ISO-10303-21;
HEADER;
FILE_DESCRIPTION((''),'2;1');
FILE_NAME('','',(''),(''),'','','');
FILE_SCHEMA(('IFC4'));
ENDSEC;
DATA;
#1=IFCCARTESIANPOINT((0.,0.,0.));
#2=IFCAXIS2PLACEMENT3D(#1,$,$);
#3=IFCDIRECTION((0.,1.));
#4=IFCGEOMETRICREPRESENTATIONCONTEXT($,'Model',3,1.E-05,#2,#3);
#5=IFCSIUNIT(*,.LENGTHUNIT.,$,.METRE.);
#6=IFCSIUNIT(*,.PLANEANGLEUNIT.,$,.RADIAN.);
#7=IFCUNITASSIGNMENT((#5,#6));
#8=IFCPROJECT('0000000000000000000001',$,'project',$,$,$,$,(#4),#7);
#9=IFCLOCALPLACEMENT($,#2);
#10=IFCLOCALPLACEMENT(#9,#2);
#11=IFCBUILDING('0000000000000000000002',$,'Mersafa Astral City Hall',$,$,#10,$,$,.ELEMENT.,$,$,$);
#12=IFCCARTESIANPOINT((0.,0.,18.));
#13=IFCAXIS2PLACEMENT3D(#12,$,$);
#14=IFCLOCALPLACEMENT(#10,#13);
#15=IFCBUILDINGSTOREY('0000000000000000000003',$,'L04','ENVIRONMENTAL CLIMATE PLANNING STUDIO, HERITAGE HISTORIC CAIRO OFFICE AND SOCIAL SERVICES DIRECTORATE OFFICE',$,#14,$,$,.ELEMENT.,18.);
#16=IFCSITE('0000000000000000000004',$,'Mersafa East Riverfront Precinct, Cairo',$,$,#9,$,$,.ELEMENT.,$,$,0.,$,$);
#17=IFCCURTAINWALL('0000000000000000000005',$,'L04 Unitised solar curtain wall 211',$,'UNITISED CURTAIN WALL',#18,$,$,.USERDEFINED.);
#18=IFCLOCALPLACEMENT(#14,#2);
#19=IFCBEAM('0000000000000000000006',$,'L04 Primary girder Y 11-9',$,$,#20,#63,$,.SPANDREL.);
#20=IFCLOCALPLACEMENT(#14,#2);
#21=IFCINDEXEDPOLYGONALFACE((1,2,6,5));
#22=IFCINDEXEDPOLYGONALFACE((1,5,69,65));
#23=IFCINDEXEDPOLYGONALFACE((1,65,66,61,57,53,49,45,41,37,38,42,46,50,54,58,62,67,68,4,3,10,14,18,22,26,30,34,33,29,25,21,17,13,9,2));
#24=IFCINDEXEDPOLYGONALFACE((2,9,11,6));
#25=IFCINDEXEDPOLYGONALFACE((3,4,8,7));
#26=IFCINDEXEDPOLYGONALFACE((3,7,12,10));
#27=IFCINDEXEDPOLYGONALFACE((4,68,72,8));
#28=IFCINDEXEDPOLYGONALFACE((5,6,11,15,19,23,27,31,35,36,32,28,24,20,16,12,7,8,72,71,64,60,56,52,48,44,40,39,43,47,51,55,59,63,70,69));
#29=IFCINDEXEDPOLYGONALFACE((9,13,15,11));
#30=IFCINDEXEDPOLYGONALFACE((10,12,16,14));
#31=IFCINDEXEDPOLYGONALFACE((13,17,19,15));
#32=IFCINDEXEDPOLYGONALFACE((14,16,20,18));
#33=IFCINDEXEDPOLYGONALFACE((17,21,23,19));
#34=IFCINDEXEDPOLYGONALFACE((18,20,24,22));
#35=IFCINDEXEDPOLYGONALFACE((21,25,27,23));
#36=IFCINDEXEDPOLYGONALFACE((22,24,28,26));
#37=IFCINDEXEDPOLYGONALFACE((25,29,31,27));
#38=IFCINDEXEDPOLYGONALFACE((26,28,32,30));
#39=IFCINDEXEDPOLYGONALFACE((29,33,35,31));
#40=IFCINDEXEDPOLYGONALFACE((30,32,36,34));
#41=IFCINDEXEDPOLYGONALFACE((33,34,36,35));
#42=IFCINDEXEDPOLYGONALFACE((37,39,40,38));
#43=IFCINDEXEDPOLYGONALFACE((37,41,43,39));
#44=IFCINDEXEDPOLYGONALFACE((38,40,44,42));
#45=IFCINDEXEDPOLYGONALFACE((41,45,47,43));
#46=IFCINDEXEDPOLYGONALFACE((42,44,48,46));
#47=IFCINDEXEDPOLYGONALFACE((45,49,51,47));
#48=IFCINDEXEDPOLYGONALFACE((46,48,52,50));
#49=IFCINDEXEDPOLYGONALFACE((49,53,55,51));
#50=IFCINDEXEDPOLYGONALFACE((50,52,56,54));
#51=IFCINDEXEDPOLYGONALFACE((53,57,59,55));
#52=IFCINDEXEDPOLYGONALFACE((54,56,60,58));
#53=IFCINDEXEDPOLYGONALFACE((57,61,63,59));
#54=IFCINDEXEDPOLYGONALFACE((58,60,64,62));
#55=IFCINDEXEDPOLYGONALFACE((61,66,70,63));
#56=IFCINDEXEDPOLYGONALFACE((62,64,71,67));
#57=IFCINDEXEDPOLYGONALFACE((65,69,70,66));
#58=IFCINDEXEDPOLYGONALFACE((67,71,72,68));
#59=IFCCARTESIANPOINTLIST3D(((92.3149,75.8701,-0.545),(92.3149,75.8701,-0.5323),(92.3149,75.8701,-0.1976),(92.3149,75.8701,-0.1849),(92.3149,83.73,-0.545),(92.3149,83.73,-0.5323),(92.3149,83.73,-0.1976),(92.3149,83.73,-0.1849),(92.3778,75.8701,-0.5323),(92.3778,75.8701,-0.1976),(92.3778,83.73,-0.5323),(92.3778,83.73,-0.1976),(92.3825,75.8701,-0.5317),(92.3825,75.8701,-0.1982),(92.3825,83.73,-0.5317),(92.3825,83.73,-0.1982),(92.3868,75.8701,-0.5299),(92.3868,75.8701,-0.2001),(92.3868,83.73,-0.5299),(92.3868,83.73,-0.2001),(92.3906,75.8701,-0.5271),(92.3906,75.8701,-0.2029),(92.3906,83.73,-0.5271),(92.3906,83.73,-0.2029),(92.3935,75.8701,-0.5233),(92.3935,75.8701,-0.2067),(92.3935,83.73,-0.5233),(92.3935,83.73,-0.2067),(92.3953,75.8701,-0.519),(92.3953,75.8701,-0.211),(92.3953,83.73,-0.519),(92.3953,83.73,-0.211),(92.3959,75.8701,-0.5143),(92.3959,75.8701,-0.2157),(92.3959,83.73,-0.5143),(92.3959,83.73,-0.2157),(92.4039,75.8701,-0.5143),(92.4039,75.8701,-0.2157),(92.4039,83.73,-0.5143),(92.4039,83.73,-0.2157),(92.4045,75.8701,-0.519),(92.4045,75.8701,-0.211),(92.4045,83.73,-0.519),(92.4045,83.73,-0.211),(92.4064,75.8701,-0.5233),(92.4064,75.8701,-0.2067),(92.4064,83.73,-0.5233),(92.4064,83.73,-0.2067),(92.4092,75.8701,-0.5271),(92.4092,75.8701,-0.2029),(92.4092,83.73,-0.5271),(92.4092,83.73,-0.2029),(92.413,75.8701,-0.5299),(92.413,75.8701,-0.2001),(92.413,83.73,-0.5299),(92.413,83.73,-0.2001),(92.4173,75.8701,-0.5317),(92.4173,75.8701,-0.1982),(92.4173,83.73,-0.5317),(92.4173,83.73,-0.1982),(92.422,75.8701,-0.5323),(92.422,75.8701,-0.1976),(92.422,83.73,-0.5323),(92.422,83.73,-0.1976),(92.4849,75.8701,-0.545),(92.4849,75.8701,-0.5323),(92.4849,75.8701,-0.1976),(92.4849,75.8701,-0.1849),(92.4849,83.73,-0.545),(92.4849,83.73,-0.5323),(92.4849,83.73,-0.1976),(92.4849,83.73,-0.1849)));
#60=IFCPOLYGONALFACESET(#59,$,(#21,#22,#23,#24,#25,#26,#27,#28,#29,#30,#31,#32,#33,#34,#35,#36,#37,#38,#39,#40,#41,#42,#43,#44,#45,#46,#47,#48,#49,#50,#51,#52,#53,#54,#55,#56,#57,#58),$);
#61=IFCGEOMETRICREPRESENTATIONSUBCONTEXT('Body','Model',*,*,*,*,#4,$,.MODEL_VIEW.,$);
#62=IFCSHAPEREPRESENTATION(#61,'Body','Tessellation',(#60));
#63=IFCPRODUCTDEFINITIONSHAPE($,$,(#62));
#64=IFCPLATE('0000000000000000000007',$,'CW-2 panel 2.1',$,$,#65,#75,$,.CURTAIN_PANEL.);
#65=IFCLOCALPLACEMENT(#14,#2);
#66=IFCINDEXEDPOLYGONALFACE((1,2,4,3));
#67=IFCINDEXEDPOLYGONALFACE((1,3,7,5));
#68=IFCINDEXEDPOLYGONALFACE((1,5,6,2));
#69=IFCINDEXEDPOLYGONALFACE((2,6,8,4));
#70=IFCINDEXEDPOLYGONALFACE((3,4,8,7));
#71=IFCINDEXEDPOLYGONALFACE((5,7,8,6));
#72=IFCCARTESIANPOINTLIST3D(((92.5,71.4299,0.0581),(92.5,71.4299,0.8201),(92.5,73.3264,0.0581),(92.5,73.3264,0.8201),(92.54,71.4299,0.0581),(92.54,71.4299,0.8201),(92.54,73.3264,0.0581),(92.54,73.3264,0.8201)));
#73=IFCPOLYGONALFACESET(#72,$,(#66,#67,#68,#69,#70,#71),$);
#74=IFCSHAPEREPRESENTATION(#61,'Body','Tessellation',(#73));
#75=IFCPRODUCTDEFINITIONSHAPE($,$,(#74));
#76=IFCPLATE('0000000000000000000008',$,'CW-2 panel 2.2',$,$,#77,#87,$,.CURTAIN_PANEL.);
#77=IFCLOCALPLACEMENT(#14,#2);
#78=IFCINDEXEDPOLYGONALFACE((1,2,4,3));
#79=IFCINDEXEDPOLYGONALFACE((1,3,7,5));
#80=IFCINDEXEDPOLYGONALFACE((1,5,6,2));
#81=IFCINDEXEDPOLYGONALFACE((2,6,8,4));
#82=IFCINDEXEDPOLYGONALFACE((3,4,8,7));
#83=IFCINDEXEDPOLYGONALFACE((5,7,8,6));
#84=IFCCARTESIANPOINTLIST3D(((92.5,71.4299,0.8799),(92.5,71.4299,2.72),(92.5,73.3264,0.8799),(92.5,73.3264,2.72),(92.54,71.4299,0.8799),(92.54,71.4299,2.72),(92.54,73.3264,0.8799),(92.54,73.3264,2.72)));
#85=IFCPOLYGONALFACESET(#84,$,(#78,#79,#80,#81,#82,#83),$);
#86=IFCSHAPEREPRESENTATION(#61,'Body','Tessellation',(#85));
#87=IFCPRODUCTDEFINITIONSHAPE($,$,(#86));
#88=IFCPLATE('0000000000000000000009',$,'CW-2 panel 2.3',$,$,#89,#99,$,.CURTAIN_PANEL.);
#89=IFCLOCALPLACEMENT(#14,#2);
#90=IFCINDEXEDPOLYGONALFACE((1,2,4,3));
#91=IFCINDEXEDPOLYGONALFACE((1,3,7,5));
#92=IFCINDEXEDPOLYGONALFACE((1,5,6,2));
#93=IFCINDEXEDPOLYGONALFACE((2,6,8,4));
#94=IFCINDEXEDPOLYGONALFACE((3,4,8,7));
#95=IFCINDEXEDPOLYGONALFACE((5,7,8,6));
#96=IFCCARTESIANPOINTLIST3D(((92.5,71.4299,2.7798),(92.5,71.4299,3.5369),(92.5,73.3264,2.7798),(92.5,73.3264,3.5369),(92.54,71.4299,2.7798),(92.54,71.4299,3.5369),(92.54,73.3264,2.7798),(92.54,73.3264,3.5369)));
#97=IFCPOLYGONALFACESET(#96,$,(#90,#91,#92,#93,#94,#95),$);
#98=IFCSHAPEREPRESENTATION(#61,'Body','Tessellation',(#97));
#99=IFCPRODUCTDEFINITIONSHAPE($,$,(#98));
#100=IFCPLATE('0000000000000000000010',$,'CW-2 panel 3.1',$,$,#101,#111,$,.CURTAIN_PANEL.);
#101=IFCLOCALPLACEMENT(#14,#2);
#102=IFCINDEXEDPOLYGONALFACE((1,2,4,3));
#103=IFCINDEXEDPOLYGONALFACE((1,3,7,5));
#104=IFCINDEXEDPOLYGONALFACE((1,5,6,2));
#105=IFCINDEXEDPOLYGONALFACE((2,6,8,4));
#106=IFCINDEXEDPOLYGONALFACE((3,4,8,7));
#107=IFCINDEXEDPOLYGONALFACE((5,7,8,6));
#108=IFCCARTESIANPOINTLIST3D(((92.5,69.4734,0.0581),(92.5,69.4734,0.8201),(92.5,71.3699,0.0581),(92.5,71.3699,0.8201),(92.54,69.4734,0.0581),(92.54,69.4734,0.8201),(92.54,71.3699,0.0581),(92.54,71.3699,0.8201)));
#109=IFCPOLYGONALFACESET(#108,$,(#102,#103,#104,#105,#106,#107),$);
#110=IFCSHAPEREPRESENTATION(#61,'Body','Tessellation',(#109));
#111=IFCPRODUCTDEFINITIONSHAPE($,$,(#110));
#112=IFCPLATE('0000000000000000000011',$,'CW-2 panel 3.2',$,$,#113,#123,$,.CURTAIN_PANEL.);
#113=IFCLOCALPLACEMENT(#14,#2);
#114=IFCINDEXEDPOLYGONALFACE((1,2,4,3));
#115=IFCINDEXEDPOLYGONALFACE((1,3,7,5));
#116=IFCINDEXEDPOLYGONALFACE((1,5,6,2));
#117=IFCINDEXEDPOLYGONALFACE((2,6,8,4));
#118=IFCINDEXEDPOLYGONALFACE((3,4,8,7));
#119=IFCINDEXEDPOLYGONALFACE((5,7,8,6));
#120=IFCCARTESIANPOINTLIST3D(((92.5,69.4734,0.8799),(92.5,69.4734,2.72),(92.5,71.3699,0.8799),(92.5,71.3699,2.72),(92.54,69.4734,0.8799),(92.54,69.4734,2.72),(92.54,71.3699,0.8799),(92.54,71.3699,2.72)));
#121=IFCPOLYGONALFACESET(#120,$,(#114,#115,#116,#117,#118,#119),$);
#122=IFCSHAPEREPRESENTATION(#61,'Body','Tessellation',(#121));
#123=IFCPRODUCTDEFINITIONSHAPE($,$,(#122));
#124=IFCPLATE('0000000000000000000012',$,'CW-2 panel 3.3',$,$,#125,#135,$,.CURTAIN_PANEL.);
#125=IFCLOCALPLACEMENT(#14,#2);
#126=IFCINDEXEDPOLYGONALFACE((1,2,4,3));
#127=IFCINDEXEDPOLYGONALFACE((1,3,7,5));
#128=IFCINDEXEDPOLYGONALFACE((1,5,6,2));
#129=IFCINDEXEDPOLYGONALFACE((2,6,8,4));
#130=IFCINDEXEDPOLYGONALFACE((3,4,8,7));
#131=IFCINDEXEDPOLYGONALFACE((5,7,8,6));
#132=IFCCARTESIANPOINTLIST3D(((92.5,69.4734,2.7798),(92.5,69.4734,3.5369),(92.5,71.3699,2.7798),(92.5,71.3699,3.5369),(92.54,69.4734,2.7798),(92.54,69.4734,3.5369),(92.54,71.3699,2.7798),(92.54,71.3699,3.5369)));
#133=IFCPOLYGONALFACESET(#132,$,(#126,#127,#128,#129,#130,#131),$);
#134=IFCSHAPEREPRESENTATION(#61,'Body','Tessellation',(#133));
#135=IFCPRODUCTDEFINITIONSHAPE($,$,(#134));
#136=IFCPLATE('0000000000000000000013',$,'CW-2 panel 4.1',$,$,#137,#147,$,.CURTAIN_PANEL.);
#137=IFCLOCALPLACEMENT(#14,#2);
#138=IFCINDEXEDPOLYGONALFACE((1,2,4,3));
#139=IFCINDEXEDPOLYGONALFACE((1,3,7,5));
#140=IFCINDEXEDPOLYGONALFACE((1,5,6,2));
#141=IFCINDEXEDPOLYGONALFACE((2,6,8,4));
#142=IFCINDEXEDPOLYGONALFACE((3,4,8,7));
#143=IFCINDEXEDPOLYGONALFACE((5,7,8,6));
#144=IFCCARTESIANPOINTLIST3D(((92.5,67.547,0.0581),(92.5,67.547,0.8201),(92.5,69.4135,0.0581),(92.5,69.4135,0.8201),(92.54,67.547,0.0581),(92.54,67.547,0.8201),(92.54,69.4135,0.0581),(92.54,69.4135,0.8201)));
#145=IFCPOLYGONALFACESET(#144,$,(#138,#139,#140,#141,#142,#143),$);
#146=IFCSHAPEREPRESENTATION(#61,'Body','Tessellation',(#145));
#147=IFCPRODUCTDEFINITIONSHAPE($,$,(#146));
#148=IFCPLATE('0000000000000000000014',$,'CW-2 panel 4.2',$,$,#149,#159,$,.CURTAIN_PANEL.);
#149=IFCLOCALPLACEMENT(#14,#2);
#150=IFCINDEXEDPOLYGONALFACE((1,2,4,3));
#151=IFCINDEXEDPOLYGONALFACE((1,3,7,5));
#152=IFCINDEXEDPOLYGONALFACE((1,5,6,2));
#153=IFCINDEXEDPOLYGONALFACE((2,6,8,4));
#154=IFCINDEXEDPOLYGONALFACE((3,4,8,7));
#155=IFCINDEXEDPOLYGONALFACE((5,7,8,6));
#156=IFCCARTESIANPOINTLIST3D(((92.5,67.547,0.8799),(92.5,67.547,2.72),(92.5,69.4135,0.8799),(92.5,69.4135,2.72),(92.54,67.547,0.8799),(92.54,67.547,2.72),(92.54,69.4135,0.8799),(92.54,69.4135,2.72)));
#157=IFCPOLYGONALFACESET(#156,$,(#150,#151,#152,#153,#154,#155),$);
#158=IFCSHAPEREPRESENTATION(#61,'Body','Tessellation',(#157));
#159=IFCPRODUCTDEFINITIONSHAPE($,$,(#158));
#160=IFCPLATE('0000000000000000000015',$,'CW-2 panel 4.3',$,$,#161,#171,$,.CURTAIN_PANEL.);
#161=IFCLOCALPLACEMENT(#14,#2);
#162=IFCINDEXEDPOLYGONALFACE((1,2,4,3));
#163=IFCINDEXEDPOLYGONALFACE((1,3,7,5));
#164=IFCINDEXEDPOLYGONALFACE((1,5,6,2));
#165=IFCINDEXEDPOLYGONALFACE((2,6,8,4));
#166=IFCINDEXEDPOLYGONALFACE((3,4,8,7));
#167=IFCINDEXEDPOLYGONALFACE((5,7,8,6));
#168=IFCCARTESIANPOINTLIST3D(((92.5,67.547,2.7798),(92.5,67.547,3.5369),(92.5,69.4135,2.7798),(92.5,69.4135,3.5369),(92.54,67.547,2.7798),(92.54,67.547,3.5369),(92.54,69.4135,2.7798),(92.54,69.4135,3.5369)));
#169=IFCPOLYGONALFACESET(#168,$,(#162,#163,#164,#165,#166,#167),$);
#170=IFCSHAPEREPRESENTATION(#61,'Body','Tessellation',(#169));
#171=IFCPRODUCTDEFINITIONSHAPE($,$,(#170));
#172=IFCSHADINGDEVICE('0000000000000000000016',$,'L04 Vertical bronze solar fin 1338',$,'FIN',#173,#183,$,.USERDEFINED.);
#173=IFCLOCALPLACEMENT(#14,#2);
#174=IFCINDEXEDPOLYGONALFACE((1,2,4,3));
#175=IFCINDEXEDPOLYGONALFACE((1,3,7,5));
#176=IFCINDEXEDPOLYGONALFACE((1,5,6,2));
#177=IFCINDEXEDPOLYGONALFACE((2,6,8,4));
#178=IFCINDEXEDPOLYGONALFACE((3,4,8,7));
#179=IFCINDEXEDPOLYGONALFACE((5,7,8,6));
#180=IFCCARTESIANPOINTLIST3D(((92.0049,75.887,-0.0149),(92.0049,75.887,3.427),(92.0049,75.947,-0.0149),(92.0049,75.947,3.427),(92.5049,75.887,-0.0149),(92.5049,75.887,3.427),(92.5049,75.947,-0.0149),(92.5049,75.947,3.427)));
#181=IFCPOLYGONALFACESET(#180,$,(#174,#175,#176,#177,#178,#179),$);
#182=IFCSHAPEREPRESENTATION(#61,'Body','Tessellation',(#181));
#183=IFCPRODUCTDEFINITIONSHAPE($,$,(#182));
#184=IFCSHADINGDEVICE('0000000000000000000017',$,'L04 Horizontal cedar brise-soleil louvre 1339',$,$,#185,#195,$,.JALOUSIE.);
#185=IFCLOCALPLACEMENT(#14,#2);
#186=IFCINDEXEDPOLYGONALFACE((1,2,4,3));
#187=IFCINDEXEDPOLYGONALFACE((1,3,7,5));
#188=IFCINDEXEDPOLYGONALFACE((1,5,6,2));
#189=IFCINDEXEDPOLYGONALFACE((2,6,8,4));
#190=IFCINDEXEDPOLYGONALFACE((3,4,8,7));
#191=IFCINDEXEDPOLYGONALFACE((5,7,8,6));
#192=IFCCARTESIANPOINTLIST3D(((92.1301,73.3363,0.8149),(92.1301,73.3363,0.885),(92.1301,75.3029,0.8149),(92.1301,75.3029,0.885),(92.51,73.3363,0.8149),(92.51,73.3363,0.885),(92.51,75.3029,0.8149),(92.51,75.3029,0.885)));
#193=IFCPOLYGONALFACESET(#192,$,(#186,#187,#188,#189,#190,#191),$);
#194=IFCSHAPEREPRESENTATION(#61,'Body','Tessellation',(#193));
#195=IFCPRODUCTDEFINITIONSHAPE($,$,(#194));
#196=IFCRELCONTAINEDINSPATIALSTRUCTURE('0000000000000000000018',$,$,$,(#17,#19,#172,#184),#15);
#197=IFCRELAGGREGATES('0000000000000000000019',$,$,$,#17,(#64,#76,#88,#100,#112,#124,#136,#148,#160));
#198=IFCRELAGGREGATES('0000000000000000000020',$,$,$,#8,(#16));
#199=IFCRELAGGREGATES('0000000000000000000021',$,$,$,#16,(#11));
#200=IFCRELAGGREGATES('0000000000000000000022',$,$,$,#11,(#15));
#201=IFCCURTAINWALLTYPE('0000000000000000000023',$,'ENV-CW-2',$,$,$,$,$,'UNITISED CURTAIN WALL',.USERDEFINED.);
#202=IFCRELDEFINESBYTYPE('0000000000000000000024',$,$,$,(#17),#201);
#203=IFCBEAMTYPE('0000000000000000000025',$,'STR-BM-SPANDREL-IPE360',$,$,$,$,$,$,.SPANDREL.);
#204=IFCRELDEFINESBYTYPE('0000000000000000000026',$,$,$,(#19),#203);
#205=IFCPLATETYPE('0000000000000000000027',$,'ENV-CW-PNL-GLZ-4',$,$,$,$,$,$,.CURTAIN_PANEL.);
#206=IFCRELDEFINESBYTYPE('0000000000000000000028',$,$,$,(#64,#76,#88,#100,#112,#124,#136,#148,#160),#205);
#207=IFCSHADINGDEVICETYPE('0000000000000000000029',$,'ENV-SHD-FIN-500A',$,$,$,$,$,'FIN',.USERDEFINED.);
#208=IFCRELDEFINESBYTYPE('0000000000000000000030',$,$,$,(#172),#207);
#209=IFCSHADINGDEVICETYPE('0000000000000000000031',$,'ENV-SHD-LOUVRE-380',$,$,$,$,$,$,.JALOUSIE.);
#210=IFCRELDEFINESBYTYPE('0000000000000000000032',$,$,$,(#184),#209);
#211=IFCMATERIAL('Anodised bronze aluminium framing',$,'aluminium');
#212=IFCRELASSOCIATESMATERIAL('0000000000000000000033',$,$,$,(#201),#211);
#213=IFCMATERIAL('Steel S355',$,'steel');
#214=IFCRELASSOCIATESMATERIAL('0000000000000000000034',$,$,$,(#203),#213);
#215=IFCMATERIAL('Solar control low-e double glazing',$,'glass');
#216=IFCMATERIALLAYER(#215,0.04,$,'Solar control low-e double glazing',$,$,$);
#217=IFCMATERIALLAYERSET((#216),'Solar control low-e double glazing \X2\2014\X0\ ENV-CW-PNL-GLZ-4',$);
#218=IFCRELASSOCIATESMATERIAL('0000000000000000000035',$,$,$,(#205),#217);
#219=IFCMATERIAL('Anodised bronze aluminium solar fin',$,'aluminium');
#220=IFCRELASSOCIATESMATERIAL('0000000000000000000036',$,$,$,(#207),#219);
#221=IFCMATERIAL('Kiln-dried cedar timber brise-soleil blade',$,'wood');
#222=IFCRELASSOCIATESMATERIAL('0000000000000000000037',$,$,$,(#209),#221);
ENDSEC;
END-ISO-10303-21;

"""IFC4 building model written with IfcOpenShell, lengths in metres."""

from ifc_helpers import new_model, si_unit, direction, frame, origin, origin_2d, place, context, subcontext, project, spatial, rectangle, i_section, extrude, material, layer, layer_set, material_profile, profile_set, type_object, element, aggregate, save


model = new_model("IFC4")

# Units and contexts
model_context = context("Model", 3, precision=1e-05, world=origin(), true_north=direction((0.0, 1.0)))
body_context = subcontext(model_context, "Body", "Model", "MODEL_VIEW")
ifc_project = project(units=[si_unit("LENGTHUNIT", "METRE"), si_unit("PLANEANGLEUNIT", "RADIAN")], contexts=[model_context])

# Site, building, storey
site_placement = place(None, origin())
site = spatial("IfcSite", under=ifc_project, at=site_placement, Name="Mersafa East Riverfront Precinct, Cairo", CompositionType="ELEMENT", RefElevation=0.0)
building_placement = place(site_placement, origin())
building = spatial("IfcBuilding", under=site, at=building_placement, Name="Mersafa Astral City Hall", CompositionType="ELEMENT")
storey_placement = place(building_placement, frame((0.0, 0.0, 18.0)))
storey = spatial("IfcBuildingStorey", under=building, at=storey_placement, Name="L04", Description="ENVIRONMENTAL CLIMATE PLANNING STUDIO, HERITAGE HISTORIC CAIRO OFFICE AND SOCIAL SERVICES DIRECTORATE OFFICE", CompositionType="ELEMENT", Elevation=18.0)

# Shared definitions
ifc_material_1 = material(Name="Steel S355", Category="steel")

# Curtain wall
ifc_material_2 = material(Name="Anodised bronze aluminium framing", Category="aluminium")
curtain_wall_type = type_object("IfcCurtainWallType", Name="ENV-CW-2", ElementType="UNITISED CURTAIN WALL", PredefinedType="USERDEFINED", material=ifc_material_2)
curtain_wall_placement = place(storey_placement, origin())
curtain_wall = element("IfcCurtainWall", 1, at=curtain_wall_placement, inside=storey, type_object=curtain_wall_type, Name="L04 Unitised solar curtain wall 211", ObjectType="UNITISED CURTAIN WALL", PredefinedType="USERDEFINED")

# Beam
ifc_material_profile_1 = material_profile(ifc_material_1, i_section(OverallWidth=0.1699, OverallDepth=0.3601, WebThickness=0.0081, FlangeThickness=0.0127, FilletRadius=0.0181, at=origin_2d()), Name="IPE 360")
ifc_profile_set_1 = profile_set([ifc_material_profile_1], Name="Steel S355")
beam_type_1 = type_object("IfcBeamType", Name="STR-BM-SPANDREL-IPE360", PredefinedType="SPANDREL", material=ifc_profile_set_1)
beam_1_placement = place(storey_placement, frame((92.3999, 75.8701, -0.365), z_axis=(0.0, 1.0, 0.0), x_axis=(-1.0, 0.0, 0.0)))
element("IfcBeam", 2, at=beam_1_placement, inside=storey, type_object=beam_type_1, Name="L04 Primary girder Y 11-9", PredefinedType="SPANDREL", context=body_context, shape_type="SweptSolid", body=[
    extrude(i_section(OverallWidth=0.1699, OverallDepth=0.3601, WebThickness=0.0081, FlangeThickness=0.0127, FilletRadius=0.0181, at=origin_2d()), origin(), (0.0, 0.0, 1.0), 7.8599),
])

# Plates
ifc_material_3 = material(Name="Solar control low-e double glazing", Category="glass")
ifc_layer = layer(ifc_material_3, 0.04, Name="Solar control low-e double glazing")
ifc_layer_set = layer_set([ifc_layer], Name="Solar control low-e double glazing — ENV-CW-PNL-GLZ-4")
plate_type = type_object("IfcPlateType", Name="ENV-CW-PNL-GLZ-4", PredefinedType="CURTAIN_PANEL", material=ifc_layer_set)
plate_1_placement = place(storey_placement, frame((92.52, 72.3782, 0.0581), z_axis=(0.0, 0.0, 1.0), x_axis=(0.0, -1.0, 0.0)))
plate_1 = element("IfcPlate", 3, at=plate_1_placement, type_object=plate_type, Name="CW-2 panel 2.1", PredefinedType="CURTAIN_PANEL", context=body_context, shape_type="SweptSolid", body=[
    extrude(rectangle(XDim=1.8965, YDim=0.04, at=origin_2d()), origin(), (0.0, 0.0, 1.0), 0.762),
])
plate_2_placement = place(storey_placement, frame((92.52, 72.3782, 0.8799), z_axis=(0.0, 0.0, 1.0), x_axis=(0.0, -1.0, 0.0)))
plate_2 = element("IfcPlate", 4, at=plate_2_placement, type_object=plate_type, Name="CW-2 panel 2.2", PredefinedType="CURTAIN_PANEL", context=body_context, shape_type="SweptSolid", body=[
    extrude(rectangle(XDim=1.8965, YDim=0.04, at=origin_2d()), origin(), (0.0, 0.0, 1.0), 1.8401),
])
plate_3_placement = place(storey_placement, frame((92.52, 72.3782, 2.7798), z_axis=(0.0, 0.0, 1.0), x_axis=(0.0, -1.0, 0.0)))
plate_3 = element("IfcPlate", 5, at=plate_3_placement, type_object=plate_type, Name="CW-2 panel 2.3", PredefinedType="CURTAIN_PANEL", context=body_context, shape_type="SweptSolid", body=[
    extrude(rectangle(XDim=1.8965, YDim=0.04, at=origin_2d()), origin(), (0.0, 0.0, 1.0), 0.7571),
])
plate_4_placement = place(storey_placement, frame((92.52, 70.4216, 0.0581), z_axis=(0.0, 0.0, 1.0), x_axis=(0.0, -1.0, 0.0)))
plate_4 = element("IfcPlate", 6, at=plate_4_placement, type_object=plate_type, Name="CW-2 panel 3.1", PredefinedType="CURTAIN_PANEL", context=body_context, shape_type="SweptSolid", body=[
    extrude(rectangle(XDim=1.8965, YDim=0.04, at=origin_2d()), origin(), (0.0, 0.0, 1.0), 0.762),
])
plate_5_placement = place(storey_placement, frame((92.52, 70.4216, 0.8799), z_axis=(0.0, 0.0, 1.0), x_axis=(0.0, -1.0, 0.0)))
plate_5 = element("IfcPlate", 7, at=plate_5_placement, type_object=plate_type, Name="CW-2 panel 3.2", PredefinedType="CURTAIN_PANEL", context=body_context, shape_type="SweptSolid", body=[
    extrude(rectangle(XDim=1.8965, YDim=0.04, at=origin_2d()), origin(), (0.0, 0.0, 1.0), 1.8401),
])
plate_6_placement = place(storey_placement, frame((92.52, 70.4216, 2.7798), z_axis=(0.0, 0.0, 1.0), x_axis=(0.0, -1.0, 0.0)))
plate_6 = element("IfcPlate", 8, at=plate_6_placement, type_object=plate_type, Name="CW-2 panel 3.3", PredefinedType="CURTAIN_PANEL", context=body_context, shape_type="SweptSolid", body=[
    extrude(rectangle(XDim=1.8965, YDim=0.04, at=origin_2d()), origin(), (0.0, 0.0, 1.0), 0.7571),
])
plate_7_placement = place(storey_placement, frame((92.52, 68.4802, 0.0581), z_axis=(0.0, 0.0, 1.0), x_axis=(0.0, -1.0, 0.0)))
plate_7 = element("IfcPlate", 9, at=plate_7_placement, type_object=plate_type, Name="CW-2 panel 4.1", PredefinedType="CURTAIN_PANEL", context=body_context, shape_type="SweptSolid", body=[
    extrude(rectangle(XDim=1.8665, YDim=0.04, at=origin_2d()), origin(), (0.0, 0.0, 1.0), 0.762),
])
plate_8_placement = place(storey_placement, frame((92.52, 68.4802, 0.8799), z_axis=(0.0, 0.0, 1.0), x_axis=(0.0, -1.0, 0.0)))
plate_8 = element("IfcPlate", 10, at=plate_8_placement, type_object=plate_type, Name="CW-2 panel 4.2", PredefinedType="CURTAIN_PANEL", context=body_context, shape_type="SweptSolid", body=[
    extrude(rectangle(XDim=1.8665, YDim=0.04, at=origin_2d()), origin(), (0.0, 0.0, 1.0), 1.8401),
])
plate_9_placement = place(storey_placement, frame((92.52, 68.4802, 2.7798), z_axis=(0.0, 0.0, 1.0), x_axis=(0.0, -1.0, 0.0)))
plate_9 = element("IfcPlate", 11, at=plate_9_placement, type_object=plate_type, Name="CW-2 panel 4.3", PredefinedType="CURTAIN_PANEL", context=body_context, shape_type="SweptSolid", body=[
    extrude(rectangle(XDim=1.8665, YDim=0.04, at=origin_2d()), origin(), (0.0, 0.0, 1.0), 0.7571),
])
aggregate(curtain_wall, [plate_1, plate_2, plate_3, plate_4, plate_5, plate_6, plate_7, plate_8, plate_9])

# Shading devices
ifc_material_4 = material(Name="Anodised bronze aluminium solar fin", Category="aluminium")
shading_device_type_1 = type_object("IfcShadingDeviceType", Name="ENV-SHD-FIN-500A", ElementType="FIN", PredefinedType="USERDEFINED", material=ifc_material_4)
shading_device_1_placement = place(storey_placement, frame((92.2549, 75.917, -0.0149), z_axis=(0.0, 0.0, 1.0), x_axis=(0.0, -1.0, 0.0)))
element("IfcShadingDevice", 12, at=shading_device_1_placement, inside=storey, type_object=shading_device_type_1, Name="L04 Vertical bronze solar fin 1338", ObjectType="FIN", PredefinedType="USERDEFINED", context=body_context, shape_type="SweptSolid", body=[
    extrude(rectangle(XDim=0.0601, YDim=0.5, at=origin_2d()), origin(), (0.0, 0.0, 1.0), 3.4419),
])
ifc_material_5 = material(Name="Kiln-dried cedar timber brise-soleil blade", Category="wood")
shading_device_type_2 = type_object("IfcShadingDeviceType", Name="ENV-SHD-LOUVRE-380", PredefinedType="JALOUSIE", material=ifc_material_5)
shading_device_2_placement = place(storey_placement, frame((92.3201, 74.3196, 0.8149), z_axis=(0.0, 0.0, 1.0), x_axis=(0.0, -1.0, 0.0)))
element("IfcShadingDevice", 13, at=shading_device_2_placement, inside=storey, type_object=shading_device_type_2, Name="L04 Horizontal cedar brise-soleil louvre 1339", PredefinedType="JALOUSIE", context=body_context, shape_type="SweptSolid", body=[
    extrude(rectangle(XDim=1.9666, YDim=0.3799, at=origin_2d()), origin(), (0.0, 0.0, 1.0), 0.0701),
])

save(model, "model.ifc")
